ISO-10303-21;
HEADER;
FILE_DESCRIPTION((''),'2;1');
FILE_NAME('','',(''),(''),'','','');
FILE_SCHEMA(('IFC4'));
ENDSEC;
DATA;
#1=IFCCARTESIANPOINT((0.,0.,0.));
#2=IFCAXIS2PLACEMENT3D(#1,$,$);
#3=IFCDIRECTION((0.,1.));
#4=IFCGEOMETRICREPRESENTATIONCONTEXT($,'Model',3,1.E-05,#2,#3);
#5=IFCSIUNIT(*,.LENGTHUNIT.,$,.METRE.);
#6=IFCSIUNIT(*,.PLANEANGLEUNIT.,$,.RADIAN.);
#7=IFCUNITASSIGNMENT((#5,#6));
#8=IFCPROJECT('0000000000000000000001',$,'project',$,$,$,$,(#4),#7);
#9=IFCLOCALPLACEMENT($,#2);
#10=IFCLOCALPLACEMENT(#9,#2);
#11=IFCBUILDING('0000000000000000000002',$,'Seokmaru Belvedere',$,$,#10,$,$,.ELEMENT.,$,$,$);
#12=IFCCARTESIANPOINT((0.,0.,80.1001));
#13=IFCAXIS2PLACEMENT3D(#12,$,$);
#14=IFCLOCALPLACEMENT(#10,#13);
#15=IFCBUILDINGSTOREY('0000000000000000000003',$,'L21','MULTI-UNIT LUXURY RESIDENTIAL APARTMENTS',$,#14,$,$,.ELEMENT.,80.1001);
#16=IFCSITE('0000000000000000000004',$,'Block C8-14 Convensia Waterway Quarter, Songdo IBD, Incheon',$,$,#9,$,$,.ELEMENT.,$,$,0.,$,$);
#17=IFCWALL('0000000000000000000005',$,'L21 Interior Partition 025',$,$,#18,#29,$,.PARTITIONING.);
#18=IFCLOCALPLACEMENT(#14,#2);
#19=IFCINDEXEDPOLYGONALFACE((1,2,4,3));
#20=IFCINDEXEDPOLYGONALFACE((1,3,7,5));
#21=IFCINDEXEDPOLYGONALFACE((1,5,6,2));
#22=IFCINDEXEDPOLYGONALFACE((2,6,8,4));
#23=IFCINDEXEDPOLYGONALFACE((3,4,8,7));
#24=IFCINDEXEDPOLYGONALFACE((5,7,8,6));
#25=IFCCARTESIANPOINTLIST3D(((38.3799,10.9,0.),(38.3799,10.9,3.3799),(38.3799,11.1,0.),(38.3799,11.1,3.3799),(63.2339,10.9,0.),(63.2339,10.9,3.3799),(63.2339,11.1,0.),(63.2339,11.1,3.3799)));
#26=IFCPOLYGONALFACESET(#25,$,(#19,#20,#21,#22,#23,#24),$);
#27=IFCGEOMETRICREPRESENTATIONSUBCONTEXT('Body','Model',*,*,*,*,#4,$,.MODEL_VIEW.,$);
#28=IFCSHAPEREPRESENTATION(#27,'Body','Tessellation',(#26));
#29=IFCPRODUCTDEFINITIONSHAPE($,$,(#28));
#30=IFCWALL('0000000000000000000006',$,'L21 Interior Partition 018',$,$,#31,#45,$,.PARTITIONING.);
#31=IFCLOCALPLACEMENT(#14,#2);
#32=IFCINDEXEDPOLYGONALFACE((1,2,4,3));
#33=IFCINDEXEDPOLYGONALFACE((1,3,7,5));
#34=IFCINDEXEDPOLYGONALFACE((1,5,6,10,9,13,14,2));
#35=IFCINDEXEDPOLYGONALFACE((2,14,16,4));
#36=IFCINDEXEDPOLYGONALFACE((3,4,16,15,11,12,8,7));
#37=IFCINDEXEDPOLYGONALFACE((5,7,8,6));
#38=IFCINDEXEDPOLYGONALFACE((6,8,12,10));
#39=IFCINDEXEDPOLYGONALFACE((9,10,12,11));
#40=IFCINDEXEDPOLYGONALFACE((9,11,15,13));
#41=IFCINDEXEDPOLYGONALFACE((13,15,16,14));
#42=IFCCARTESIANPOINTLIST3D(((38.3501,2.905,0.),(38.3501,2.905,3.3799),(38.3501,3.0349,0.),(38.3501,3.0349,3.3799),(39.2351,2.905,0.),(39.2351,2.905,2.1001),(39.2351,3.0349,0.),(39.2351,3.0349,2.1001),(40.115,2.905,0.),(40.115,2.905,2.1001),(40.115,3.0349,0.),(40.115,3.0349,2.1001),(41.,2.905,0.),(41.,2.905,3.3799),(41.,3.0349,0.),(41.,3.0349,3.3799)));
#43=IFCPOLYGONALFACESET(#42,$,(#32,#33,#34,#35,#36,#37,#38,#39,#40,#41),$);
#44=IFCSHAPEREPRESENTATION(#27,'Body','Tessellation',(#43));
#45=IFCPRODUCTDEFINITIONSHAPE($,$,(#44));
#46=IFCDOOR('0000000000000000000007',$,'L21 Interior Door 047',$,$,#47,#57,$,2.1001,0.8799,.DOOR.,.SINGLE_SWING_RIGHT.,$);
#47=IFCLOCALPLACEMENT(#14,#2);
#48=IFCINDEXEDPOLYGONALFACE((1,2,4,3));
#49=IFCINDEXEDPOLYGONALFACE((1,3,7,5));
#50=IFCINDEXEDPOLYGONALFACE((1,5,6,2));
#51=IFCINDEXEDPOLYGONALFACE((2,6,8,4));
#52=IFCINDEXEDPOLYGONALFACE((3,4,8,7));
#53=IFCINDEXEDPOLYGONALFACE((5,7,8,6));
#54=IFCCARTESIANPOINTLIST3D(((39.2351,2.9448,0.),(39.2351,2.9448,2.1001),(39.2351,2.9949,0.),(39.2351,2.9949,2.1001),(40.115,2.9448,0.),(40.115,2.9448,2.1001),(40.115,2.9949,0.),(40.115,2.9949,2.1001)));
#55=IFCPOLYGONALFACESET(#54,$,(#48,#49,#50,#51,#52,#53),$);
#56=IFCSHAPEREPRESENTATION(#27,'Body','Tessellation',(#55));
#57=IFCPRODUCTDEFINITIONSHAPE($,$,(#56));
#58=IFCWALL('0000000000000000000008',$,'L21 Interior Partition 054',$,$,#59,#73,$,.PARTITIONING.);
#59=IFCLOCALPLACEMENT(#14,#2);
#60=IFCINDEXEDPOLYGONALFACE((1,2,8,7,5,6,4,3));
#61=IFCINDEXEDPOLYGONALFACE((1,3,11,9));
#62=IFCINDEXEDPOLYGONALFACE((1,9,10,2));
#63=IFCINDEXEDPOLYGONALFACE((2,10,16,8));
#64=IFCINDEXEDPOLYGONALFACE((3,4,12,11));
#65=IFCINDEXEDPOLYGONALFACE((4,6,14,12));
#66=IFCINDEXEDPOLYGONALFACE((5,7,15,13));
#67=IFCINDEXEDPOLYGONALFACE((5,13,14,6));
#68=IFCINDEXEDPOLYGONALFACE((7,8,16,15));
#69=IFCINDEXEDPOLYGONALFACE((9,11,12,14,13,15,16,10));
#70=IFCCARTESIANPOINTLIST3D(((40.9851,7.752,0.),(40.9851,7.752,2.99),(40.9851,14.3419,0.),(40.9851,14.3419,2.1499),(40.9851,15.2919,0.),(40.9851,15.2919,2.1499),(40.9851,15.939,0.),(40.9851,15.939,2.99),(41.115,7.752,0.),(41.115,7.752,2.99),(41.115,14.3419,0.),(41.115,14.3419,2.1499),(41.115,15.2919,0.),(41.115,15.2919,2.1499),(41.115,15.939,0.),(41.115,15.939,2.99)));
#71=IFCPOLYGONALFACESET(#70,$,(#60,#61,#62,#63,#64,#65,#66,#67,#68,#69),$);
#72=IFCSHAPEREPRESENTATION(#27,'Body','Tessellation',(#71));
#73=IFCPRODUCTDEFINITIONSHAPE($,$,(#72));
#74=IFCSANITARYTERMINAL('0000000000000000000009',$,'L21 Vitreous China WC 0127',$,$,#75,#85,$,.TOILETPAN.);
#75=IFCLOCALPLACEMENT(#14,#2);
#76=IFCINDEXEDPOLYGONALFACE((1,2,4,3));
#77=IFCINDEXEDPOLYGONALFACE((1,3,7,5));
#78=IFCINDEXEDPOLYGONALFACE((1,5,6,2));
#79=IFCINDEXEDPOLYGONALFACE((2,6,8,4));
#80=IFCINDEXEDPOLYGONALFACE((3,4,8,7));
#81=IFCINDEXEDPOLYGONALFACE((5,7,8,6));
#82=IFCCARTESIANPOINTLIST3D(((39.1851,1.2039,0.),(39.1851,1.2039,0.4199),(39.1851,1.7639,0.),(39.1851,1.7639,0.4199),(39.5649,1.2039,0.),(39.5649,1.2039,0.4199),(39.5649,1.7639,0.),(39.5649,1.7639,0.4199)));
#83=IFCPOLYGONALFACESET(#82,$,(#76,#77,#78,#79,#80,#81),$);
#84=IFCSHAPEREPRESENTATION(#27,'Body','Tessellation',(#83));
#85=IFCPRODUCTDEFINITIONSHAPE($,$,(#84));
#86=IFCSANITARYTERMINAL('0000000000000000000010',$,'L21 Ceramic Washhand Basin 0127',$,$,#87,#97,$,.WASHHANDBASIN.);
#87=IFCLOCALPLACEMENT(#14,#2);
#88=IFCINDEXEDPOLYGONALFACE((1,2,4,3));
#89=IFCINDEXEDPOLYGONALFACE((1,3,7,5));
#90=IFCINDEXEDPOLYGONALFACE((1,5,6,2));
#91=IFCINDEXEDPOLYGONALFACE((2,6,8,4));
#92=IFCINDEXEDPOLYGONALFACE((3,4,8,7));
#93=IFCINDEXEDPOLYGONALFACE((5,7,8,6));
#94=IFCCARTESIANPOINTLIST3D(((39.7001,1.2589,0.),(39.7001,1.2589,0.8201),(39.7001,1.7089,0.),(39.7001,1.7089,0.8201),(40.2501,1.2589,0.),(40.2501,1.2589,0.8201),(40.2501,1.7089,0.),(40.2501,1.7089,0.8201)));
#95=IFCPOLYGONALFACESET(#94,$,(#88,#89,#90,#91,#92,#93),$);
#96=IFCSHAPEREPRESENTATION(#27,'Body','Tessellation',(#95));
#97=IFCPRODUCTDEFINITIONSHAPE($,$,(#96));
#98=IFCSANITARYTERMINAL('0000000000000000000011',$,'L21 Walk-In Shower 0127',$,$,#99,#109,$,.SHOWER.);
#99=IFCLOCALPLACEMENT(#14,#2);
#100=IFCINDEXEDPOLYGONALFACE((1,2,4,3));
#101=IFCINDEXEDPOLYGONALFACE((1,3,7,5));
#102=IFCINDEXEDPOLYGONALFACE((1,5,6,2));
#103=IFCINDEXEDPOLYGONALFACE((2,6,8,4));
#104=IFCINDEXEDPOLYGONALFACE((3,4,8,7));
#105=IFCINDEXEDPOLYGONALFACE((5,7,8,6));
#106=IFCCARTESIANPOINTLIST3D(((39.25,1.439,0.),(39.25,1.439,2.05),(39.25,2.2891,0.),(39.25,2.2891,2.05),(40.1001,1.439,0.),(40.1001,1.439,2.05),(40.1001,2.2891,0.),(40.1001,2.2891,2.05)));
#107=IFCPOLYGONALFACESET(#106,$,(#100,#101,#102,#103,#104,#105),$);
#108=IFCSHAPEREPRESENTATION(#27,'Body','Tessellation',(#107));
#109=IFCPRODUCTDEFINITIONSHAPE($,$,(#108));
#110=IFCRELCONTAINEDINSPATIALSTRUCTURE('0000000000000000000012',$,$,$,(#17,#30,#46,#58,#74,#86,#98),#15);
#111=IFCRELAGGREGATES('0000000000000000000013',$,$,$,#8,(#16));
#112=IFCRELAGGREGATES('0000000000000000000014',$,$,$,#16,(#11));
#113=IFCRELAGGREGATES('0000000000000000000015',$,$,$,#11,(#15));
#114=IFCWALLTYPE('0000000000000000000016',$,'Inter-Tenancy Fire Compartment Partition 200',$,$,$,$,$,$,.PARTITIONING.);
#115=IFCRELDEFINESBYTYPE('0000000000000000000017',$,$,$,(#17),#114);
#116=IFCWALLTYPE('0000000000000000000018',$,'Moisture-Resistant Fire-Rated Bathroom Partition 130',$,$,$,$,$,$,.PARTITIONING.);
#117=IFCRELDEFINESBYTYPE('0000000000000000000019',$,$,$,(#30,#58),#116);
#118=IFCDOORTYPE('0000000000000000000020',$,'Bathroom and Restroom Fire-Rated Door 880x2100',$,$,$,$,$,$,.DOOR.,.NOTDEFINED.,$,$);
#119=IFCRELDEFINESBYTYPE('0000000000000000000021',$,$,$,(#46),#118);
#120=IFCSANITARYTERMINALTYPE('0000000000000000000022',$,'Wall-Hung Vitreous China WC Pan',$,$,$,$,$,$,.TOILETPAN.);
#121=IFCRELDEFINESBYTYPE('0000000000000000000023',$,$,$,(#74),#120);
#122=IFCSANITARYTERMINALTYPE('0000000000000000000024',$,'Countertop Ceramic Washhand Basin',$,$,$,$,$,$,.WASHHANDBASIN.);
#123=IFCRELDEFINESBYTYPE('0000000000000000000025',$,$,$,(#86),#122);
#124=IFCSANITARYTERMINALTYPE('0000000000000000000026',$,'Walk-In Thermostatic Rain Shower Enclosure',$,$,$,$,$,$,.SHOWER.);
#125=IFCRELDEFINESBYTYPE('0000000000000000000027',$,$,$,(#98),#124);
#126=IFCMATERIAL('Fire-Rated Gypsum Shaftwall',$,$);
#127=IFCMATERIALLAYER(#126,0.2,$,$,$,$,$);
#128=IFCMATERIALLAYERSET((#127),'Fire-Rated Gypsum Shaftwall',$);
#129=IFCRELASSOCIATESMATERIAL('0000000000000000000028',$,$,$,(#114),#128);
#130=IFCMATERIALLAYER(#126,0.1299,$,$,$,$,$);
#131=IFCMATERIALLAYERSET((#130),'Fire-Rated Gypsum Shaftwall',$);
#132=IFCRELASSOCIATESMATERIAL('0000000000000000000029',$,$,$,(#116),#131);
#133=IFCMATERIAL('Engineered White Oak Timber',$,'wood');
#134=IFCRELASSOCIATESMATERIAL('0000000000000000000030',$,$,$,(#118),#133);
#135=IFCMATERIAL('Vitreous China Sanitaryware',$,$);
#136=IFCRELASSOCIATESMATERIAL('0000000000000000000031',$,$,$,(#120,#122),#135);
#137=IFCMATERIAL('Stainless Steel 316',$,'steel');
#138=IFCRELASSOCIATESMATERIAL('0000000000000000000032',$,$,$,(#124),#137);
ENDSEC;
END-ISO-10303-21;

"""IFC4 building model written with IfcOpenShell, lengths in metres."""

from ifc_helpers import new_model, si_unit, direction, frame, frame_2d, origin, origin_2d, place, context, subcontext, project, spatial, rectangle, extrude, source, transform, mapped, material, layer, layer_set, type_object, type_shapes, element, fill, save


model = new_model("IFC4")

# Units and contexts
model_context = context("Model", 3, precision=1e-05, world=origin(), true_north=direction((0.0, 1.0)))
body_context = subcontext(model_context, "Body", "Model", "MODEL_VIEW")
ifc_project = project(units=[si_unit("LENGTHUNIT", "METRE"), si_unit("PLANEANGLEUNIT", "RADIAN")], contexts=[model_context])

# Site, building, storey
site_placement = place(None, origin())
site = spatial("IfcSite", under=ifc_project, at=site_placement, Name="Block C8-14 Convensia Waterway Quarter, Songdo IBD, Incheon", CompositionType="ELEMENT", RefElevation=0.0)
building_placement = place(site_placement, origin())
building = spatial("IfcBuilding", under=site, at=building_placement, Name="Seokmaru Belvedere", CompositionType="ELEMENT")
storey_placement = place(building_placement, frame((0.0, 0.0, 80.1001)))
storey = spatial("IfcBuildingStorey", under=building, at=storey_placement, Name="L21", Description="MULTI-UNIT LUXURY RESIDENTIAL APARTMENTS", CompositionType="ELEMENT", Elevation=80.1001)

# Shared definitions
ifc_material_1 = material(Name="Fire-Rated Gypsum Shaftwall")

# Wall
ifc_layer_1 = layer(ifc_material_1, 0.2)
ifc_layer_set_1 = layer_set([ifc_layer_1], Name="Fire-Rated Gypsum Shaftwall")
wall_type_1 = type_object("IfcWallType", Name="Inter-Tenancy Fire Compartment Partition 200", PredefinedType="PARTITIONING", material=ifc_layer_set_1)
wall_1_placement = place(storey_placement, frame((38.3799, 11.0, 0.0), z_axis=(0.0, 0.0, 1.0), x_axis=(1.0, 0.0, 0.0)))
element("IfcWall", 1, at=wall_1_placement, inside=storey, type_object=wall_type_1, Name="L21 Interior Partition 025", PredefinedType="PARTITIONING", context=body_context, shape_type="SweptSolid", body=[
    extrude(rectangle(XDim=24.854, YDim=0.2, at=frame_2d((12.427, 0.0))), origin(), (0.0, 0.0, 1.0), 3.3799),
])

# Wall, opening, door
ifc_layer_2 = layer(ifc_material_1, 0.1299)
ifc_layer_set_2 = layer_set([ifc_layer_2], Name="Fire-Rated Gypsum Shaftwall")
wall_type_2 = type_object("IfcWallType", Name="Moisture-Resistant Fire-Rated Bathroom Partition 130", PredefinedType="PARTITIONING", material=ifc_layer_set_2)
wall_2_placement = place(storey_placement, frame((38.3501, 2.97, 0.0), z_axis=(0.0, 0.0, 1.0), x_axis=(1.0, 0.0, 0.0)))
wall_2 = element("IfcWall", 2, at=wall_2_placement, inside=storey, type_object=wall_type_2, Name="L21 Interior Partition 018", PredefinedType="PARTITIONING", context=body_context, shape_type="SweptSolid", body=[
    extrude(rectangle(XDim=2.6499, YDim=0.1299, at=frame_2d((1.325, 0.0))), origin(), (0.0, 0.0, 1.0), 3.3799),
])
opening_1_placement = place(wall_2_placement, frame((0.885, 0.0, 0.0)))
opening_1 = element("IfcOpeningElement", 3, at=opening_1_placement, cuts=wall_2, PredefinedType="OPENING", context=body_context, shape_type="SweptSolid", body=[
    extrude(rectangle(XDim=0.8799, YDim=2.1001, at=frame_2d((0.4399, 1.05))), frame((0.0, 0.075, 0.0), z_axis=(0.0, -1.0, 0.0), x_axis=(1.0, 0.0, 0.0)), (0.0, 0.0, 1.0), 0.1499),
])
ifc_material_2 = material(Name="Engineered White Oak Timber", Category="wood")
door_type = type_object("IfcDoorType", Name="Bathroom and Restroom Fire-Rated Door 880x2100", OperationType="NOTDEFINED", PredefinedType="DOOR", material=ifc_material_2)
shared_shape_1 = source(origin(), body_context, "Body", "SweptSolid", [
    extrude(rectangle(XDim=0.8799, YDim=2.1001, at=frame_2d((0.4399, 1.05))), frame((0.0, 0.0249, 0.0), z_axis=(0.0, -1.0, 0.0), x_axis=(1.0, 0.0, 0.0)), (0.0, 0.0, 1.0), 0.05),
])
type_shapes(door_type, [shared_shape_1])
door_placement = place(opening_1_placement, origin())
door = element("IfcDoor", 4, at=door_placement, inside=storey, type_object=door_type, Name="L21 Interior Door 047", OperationType="SINGLE_SWING_RIGHT", OverallHeight=2.1001, OverallWidth=0.8799, PredefinedType="DOOR", context=body_context, shape_type="MappedRepresentation", body=[
    mapped(shared_shape_1, transform((0.0, 0.0, 0.0), scale=1.0)),
])
fill(opening_1, door)

# Wall, opening
wall_3_placement = place(storey_placement, frame((41.05, 7.752, 0.0), z_axis=(0.0, 0.0, 1.0), x_axis=(0.0, 1.0, 0.0)))
wall_3 = element("IfcWall", 5, at=wall_3_placement, inside=storey, type_object=wall_type_2, Name="L21 Interior Partition 054", PredefinedType="PARTITIONING", context=body_context, shape_type="SweptSolid", body=[
    extrude(rectangle(XDim=8.187, YDim=0.1299, at=frame_2d((4.0935, 0.0))), origin(), (0.0, 0.0, 1.0), 2.99),
])
opening_2_placement = place(wall_3_placement, frame((6.5898, 0.0, 0.0)))
element("IfcOpeningElement", 6, at=opening_2_placement, cuts=wall_3, PredefinedType="OPENING", context=body_context, shape_type="SweptSolid", body=[
    extrude(rectangle(XDim=0.95, YDim=2.1499, at=frame_2d((0.4751, 1.075))), frame((0.0, 0.075, 0.0), z_axis=(0.0, -1.0, 0.0), x_axis=(1.0, 0.0, 0.0)), (0.0, 0.0, 1.0), 0.1499),
])

# Sanitary terminals
ifc_material_3 = material(Name="Vitreous China Sanitaryware")
sanitary_terminal_type_1 = type_object("IfcSanitaryTerminalType", Name="Wall-Hung Vitreous China WC Pan", PredefinedType="TOILETPAN", material=ifc_material_3)
shared_shape_2 = source(origin(), body_context, "Body", "SweptSolid", [
    extrude(rectangle(XDim=0.3799, YDim=0.5601, at=origin_2d()), origin(), (0.0, 0.0, 1.0), 0.4199),
])
type_shapes(sanitary_terminal_type_1, [shared_shape_2])
sanitary_terminal_1_placement = place(storey_placement, frame((39.375, 1.4839, 0.0), z_axis=(0.0, 0.0, 1.0), x_axis=(1.0, 0.0, 0.0)))
element("IfcSanitaryTerminal", 7, at=sanitary_terminal_1_placement, inside=storey, type_object=sanitary_terminal_type_1, Name="L21 Vitreous China WC 0127", PredefinedType="TOILETPAN", context=body_context, shape_type="MappedRepresentation", body=[
    mapped(shared_shape_2, transform((0.0, 0.0, 0.0), scale=1.0)),
])
sanitary_terminal_type_2 = type_object("IfcSanitaryTerminalType", Name="Countertop Ceramic Washhand Basin", PredefinedType="WASHHANDBASIN", material=ifc_material_3)
shared_shape_3 = source(origin(), body_context, "Body", "SweptSolid", [
    extrude(rectangle(XDim=0.55, YDim=0.45, at=origin_2d()), origin(), (0.0, 0.0, 1.0), 0.8201),
])
type_shapes(sanitary_terminal_type_2, [shared_shape_3])
sanitary_terminal_2_placement = place(storey_placement, frame((39.9751, 1.4839, 0.0), z_axis=(0.0, 0.0, 1.0), x_axis=(1.0, 0.0, 0.0)))
element("IfcSanitaryTerminal", 8, at=sanitary_terminal_2_placement, inside=storey, type_object=sanitary_terminal_type_2, Name="L21 Ceramic Washhand Basin 0127", PredefinedType="WASHHANDBASIN", context=body_context, shape_type="MappedRepresentation", body=[
    mapped(shared_shape_3, transform((0.0, 0.0, 0.0), scale=1.0)),
])
ifc_material_4 = material(Name="Stainless Steel 316", Category="steel")
sanitary_terminal_type_3 = type_object("IfcSanitaryTerminalType", Name="Walk-In Thermostatic Rain Shower Enclosure", PredefinedType="SHOWER", material=ifc_material_4)
shared_shape_4 = source(origin(), body_context, "Body", "SweptSolid", [
    extrude(rectangle(XDim=0.8501, YDim=0.8501, at=origin_2d()), origin(), (0.0, 0.0, 1.0), 2.05),
])
type_shapes(sanitary_terminal_type_3, [shared_shape_4])
sanitary_terminal_3_placement = place(storey_placement, frame((39.675, 1.864, 0.0), z_axis=(0.0, 0.0, 1.0), x_axis=(1.0, 0.0, 0.0)))
element("IfcSanitaryTerminal", 9, at=sanitary_terminal_3_placement, inside=storey, type_object=sanitary_terminal_type_3, Name="L21 Walk-In Shower 0127", PredefinedType="SHOWER", context=body_context, shape_type="MappedRepresentation", body=[
    mapped(shared_shape_4, transform((0.0, 0.0, 0.0), scale=1.0)),
])

save(model, "model.ifc")
